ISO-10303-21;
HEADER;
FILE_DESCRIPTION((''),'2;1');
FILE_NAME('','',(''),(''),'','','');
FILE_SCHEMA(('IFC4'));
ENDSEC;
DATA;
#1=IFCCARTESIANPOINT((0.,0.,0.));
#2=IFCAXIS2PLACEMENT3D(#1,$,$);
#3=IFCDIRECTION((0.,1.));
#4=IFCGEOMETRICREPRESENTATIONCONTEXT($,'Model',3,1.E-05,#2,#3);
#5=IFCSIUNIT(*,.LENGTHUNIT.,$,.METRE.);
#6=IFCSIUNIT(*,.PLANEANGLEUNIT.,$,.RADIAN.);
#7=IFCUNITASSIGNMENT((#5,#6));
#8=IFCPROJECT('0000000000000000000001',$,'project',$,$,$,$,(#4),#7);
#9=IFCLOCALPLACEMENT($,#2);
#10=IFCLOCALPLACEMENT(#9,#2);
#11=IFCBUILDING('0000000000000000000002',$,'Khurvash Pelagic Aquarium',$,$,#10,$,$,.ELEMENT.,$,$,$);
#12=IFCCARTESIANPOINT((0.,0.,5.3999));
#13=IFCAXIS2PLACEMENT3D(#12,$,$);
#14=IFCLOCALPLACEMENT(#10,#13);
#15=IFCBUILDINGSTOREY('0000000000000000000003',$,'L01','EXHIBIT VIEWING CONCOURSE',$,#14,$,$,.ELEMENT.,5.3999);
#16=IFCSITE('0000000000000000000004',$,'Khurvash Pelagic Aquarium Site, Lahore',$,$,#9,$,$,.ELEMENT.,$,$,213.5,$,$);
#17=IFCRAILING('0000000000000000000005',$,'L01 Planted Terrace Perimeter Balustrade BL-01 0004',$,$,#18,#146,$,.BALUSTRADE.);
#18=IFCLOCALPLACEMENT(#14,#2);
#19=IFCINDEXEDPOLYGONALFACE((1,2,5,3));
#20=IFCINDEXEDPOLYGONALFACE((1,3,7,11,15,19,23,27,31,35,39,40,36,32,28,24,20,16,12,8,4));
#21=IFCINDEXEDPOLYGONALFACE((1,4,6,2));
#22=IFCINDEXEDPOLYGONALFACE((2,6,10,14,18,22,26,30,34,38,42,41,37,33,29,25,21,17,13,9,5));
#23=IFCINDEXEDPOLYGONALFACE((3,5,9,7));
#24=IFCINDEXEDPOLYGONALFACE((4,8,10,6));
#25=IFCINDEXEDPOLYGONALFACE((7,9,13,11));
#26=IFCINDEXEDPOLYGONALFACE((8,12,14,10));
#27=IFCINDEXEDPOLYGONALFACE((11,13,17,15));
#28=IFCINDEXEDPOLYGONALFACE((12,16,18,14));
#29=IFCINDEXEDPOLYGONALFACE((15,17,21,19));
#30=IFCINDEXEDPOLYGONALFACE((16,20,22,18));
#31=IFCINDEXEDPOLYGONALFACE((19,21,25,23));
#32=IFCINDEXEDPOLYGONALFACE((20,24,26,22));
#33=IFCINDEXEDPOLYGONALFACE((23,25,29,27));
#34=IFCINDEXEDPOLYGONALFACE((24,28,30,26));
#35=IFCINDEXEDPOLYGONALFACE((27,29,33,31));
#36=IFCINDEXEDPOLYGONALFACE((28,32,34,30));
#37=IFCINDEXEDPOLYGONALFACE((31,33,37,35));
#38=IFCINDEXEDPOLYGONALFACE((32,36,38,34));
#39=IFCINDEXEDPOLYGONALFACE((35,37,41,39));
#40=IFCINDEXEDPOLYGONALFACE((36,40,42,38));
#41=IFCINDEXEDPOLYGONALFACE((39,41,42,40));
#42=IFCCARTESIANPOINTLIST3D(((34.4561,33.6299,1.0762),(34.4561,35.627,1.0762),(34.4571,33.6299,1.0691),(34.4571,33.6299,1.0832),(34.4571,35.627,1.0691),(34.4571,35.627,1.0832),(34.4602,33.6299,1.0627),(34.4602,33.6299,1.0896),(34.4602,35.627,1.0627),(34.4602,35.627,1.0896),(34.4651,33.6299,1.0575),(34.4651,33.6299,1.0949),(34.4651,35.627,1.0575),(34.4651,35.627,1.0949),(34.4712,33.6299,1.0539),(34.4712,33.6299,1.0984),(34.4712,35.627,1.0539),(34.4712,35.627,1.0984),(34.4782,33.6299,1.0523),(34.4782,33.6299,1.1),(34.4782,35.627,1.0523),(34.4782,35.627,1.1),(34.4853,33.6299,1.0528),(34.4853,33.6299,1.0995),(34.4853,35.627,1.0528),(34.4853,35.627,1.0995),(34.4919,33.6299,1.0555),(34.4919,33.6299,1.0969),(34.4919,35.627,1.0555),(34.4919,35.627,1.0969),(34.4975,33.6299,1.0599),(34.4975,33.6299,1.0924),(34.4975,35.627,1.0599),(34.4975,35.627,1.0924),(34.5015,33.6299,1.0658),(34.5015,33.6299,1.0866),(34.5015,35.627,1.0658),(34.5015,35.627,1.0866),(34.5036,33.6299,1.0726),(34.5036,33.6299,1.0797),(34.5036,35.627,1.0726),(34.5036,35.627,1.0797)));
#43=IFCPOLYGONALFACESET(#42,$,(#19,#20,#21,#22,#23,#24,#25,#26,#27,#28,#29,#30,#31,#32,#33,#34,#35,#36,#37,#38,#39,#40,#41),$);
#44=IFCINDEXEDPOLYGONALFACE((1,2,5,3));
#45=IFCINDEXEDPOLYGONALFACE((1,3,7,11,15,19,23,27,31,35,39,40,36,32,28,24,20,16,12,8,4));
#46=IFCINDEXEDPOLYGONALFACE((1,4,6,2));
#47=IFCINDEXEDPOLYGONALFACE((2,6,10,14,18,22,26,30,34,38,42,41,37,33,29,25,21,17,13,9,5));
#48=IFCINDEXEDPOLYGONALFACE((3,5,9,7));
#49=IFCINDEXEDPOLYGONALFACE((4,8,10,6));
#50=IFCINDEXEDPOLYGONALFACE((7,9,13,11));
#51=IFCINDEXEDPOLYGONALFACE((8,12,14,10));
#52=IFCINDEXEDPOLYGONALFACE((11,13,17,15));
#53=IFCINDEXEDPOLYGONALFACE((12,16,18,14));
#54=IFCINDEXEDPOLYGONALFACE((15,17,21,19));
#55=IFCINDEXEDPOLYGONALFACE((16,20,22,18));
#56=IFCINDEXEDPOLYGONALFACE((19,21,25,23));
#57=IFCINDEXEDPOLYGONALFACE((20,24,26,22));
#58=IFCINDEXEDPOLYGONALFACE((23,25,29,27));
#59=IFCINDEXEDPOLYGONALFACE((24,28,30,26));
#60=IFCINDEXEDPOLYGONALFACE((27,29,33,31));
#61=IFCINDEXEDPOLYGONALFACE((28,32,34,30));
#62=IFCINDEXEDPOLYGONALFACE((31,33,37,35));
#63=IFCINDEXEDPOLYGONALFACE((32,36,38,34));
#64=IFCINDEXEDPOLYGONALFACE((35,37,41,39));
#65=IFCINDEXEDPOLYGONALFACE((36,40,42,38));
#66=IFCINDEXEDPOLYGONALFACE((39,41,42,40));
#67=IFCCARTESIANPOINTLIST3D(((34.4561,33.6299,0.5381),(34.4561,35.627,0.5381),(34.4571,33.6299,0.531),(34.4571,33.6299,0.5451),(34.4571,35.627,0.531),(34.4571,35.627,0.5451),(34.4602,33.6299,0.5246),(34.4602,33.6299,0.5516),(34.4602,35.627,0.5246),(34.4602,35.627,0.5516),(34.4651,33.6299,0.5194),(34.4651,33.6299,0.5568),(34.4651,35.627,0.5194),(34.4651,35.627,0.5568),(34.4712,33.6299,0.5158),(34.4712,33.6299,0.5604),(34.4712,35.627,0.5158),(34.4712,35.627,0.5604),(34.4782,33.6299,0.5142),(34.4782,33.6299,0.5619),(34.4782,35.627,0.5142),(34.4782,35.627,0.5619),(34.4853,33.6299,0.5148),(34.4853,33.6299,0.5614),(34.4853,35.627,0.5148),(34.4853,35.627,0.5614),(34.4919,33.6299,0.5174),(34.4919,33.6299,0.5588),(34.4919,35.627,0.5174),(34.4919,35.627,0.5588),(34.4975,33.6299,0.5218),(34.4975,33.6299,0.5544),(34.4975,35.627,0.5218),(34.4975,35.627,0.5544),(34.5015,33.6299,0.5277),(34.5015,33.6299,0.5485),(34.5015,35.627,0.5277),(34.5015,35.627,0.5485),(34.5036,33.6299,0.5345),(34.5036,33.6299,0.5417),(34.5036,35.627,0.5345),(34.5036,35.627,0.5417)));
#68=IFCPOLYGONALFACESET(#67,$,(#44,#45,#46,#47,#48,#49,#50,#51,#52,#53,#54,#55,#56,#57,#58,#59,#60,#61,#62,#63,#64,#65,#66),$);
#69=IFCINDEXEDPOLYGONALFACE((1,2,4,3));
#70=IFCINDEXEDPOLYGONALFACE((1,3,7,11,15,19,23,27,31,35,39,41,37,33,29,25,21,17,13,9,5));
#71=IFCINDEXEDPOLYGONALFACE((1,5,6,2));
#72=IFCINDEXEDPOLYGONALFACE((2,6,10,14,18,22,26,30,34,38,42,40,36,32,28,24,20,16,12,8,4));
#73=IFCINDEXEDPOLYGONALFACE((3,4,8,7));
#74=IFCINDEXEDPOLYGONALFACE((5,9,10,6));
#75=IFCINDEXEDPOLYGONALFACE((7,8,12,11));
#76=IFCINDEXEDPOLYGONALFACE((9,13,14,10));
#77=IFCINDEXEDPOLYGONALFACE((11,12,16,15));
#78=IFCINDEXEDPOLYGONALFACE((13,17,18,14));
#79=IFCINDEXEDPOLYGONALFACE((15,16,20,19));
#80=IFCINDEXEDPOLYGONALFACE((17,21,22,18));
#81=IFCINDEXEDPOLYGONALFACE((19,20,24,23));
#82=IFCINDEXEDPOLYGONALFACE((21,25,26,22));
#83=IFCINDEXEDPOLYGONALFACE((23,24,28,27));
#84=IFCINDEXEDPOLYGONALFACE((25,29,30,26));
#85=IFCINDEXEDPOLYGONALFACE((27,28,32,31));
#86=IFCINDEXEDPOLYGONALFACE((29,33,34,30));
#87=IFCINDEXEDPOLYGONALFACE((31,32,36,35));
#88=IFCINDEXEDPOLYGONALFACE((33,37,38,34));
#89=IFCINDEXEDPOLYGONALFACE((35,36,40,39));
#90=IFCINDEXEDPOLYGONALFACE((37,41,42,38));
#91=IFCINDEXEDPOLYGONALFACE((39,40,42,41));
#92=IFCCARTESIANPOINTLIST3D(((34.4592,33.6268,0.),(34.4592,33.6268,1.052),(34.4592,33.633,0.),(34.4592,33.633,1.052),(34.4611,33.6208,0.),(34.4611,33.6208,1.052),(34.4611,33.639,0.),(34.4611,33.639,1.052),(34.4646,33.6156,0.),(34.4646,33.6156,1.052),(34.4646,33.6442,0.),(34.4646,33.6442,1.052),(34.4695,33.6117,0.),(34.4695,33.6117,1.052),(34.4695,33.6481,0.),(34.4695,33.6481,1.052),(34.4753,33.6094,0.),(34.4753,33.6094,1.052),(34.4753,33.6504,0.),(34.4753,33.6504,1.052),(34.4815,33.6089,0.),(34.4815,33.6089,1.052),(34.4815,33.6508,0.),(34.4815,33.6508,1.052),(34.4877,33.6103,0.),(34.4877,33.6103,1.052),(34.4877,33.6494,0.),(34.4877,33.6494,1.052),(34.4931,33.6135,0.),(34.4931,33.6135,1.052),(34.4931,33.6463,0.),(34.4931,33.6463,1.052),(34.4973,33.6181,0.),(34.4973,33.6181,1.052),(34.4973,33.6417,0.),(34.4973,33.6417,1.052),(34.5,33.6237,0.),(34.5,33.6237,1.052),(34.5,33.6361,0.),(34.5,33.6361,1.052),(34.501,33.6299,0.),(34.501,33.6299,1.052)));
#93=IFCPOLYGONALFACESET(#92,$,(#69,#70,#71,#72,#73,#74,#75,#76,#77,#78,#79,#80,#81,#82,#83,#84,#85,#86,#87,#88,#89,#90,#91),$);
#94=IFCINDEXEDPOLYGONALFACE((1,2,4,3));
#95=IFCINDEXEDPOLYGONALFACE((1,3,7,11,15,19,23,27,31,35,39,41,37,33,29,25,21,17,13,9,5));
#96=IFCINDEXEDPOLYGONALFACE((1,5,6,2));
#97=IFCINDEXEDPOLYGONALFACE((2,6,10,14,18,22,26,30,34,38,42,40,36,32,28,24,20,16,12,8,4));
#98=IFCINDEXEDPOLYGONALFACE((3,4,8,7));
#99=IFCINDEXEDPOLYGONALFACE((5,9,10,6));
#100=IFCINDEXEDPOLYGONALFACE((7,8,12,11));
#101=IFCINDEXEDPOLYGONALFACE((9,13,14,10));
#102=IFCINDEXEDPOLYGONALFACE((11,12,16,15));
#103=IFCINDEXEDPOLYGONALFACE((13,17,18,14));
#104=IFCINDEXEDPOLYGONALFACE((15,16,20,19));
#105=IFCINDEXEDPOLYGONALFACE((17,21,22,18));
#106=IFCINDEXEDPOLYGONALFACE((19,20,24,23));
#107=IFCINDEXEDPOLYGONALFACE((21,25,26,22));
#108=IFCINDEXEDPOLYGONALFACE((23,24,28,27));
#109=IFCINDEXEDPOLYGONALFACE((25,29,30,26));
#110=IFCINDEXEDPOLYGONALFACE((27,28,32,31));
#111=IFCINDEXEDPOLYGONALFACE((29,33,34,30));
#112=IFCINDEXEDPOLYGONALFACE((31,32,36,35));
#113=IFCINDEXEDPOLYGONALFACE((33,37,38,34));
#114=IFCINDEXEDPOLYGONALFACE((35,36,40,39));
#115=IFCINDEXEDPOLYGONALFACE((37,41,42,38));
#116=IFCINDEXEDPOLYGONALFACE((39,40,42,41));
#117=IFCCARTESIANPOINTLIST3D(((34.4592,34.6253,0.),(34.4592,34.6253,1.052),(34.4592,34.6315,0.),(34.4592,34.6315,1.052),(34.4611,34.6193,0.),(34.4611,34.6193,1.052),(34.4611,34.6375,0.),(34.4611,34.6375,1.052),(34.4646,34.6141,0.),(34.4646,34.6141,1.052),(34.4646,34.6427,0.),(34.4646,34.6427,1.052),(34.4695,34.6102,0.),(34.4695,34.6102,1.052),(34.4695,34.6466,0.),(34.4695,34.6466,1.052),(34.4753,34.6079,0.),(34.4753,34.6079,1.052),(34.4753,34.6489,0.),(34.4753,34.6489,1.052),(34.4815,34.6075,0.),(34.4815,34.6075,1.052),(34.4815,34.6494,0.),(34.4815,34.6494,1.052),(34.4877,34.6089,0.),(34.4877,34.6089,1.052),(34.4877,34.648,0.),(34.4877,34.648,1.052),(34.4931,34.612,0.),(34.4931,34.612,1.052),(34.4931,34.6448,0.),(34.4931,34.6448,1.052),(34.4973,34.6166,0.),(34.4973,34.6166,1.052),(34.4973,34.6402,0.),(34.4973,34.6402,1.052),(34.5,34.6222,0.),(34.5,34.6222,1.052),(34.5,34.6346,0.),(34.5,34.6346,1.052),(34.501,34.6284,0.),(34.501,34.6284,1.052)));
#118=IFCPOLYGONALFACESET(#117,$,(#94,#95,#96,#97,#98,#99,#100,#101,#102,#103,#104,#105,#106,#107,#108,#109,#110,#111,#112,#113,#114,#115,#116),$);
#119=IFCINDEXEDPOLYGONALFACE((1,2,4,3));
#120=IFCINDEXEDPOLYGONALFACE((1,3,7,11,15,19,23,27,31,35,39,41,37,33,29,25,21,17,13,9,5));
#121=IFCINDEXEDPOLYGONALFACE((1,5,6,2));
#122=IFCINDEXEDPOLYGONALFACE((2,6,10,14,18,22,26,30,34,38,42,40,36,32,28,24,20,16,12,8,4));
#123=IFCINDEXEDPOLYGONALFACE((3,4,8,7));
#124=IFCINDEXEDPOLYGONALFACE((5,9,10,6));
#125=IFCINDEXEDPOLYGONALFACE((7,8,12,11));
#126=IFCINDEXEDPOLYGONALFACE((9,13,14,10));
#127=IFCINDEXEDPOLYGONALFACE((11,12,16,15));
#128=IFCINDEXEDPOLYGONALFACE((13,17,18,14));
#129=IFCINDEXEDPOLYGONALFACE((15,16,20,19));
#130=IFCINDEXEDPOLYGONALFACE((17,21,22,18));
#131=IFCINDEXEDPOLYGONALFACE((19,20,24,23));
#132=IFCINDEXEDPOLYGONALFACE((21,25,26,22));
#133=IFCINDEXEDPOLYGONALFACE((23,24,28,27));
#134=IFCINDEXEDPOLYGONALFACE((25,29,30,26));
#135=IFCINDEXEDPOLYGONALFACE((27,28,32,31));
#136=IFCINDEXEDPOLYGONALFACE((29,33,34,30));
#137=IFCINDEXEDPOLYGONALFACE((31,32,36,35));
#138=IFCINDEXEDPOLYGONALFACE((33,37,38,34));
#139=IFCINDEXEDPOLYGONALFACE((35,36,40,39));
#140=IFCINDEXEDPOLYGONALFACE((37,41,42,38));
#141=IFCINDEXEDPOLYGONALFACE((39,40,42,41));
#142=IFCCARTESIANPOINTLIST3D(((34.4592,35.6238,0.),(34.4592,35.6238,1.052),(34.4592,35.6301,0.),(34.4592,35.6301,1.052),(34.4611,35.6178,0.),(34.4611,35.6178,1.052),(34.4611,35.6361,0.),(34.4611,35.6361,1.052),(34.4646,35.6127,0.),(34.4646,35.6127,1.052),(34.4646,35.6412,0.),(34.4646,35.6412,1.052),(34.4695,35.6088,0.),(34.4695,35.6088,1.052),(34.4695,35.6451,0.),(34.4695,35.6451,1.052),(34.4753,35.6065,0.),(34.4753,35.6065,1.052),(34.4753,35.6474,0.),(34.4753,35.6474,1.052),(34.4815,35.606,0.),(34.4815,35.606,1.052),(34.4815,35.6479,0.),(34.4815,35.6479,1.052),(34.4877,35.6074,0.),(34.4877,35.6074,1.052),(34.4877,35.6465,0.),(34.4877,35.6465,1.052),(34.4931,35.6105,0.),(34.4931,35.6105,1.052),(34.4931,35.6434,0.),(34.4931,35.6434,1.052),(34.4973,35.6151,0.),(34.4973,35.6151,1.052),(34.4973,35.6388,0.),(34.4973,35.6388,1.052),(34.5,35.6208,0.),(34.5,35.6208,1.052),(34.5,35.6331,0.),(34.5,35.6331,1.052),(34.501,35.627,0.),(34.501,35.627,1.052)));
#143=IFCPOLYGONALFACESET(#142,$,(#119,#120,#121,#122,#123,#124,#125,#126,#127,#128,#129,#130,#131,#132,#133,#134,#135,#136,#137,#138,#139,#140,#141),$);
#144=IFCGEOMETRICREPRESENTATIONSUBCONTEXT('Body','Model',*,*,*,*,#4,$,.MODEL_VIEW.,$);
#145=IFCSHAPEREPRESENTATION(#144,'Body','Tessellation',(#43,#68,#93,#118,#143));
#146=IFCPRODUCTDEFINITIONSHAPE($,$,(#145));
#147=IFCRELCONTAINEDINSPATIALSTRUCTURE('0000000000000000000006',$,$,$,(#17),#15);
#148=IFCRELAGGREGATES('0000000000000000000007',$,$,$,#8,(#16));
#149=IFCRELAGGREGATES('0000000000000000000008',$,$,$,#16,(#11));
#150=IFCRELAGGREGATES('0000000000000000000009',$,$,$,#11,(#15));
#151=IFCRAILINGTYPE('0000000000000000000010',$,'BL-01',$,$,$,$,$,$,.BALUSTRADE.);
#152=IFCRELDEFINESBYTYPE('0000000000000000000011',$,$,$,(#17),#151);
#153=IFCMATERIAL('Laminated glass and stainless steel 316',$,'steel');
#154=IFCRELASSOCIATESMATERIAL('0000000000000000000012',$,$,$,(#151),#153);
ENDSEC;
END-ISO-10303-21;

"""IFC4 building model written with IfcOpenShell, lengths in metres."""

from ifc_helpers import new_model, si_unit, direction, frame, origin, origin_2d, place, context, subcontext, project, spatial, circle, extrude, material, type_object, element, save


model = new_model("IFC4")

# Units and contexts
model_context = context("Model", 3, precision=1e-05, world=origin(), true_north=direction((0.0, 1.0)))
body_context = subcontext(model_context, "Body", "Model", "MODEL_VIEW")
ifc_project = project(units=[si_unit("LENGTHUNIT", "METRE"), si_unit("PLANEANGLEUNIT", "RADIAN")], contexts=[model_context])

# Site, building, storey
site_placement = place(None, origin())
site = spatial("IfcSite", under=ifc_project, at=site_placement, Name="Khurvash Pelagic Aquarium Site, Lahore", CompositionType="ELEMENT", RefElevation=213.5)
building_placement = place(site_placement, origin())
building = spatial("IfcBuilding", under=site, at=building_placement, Name="Khurvash Pelagic Aquarium", CompositionType="ELEMENT")
storey_placement = place(building_placement, frame((0.0, 0.0, 5.3999)))
storey = spatial("IfcBuildingStorey", under=building, at=storey_placement, Name="L01", Description="EXHIBIT VIEWING CONCOURSE", CompositionType="ELEMENT", Elevation=5.3999)

# Railing
ifc_material_1 = material(Name="Laminated glass and stainless steel 316", Category="steel")
railing_type = type_object("IfcRailingType", Name="BL-01", PredefinedType="BALUSTRADE", material=ifc_material_1)
railing_1_placement = place(storey_placement, frame((34.48, 33.6299, 0.0)))
element("IfcRailing", 1, at=railing_1_placement, inside=storey, type_object=railing_type, Name="L01 Planted Terrace Perimeter Balustrade BL-01 0004", PredefinedType="BALUSTRADE", context=body_context, shape_type="SweptSolid", body=[
    extrude(circle(Radius=0.0239, at=origin_2d()), frame((0.0, 0.0, 1.0762), z_axis=(0.0, 1.0, 0.0), x_axis=(-1.0, 0.0, 0.0)), (0.0, 0.0, 1.0), 1.9971),
    extrude(circle(Radius=0.0239, at=origin_2d()), frame((0.0, 0.0, 0.5381), z_axis=(0.0, 1.0, 0.0), x_axis=(-1.0, 0.0, 0.0)), (0.0, 0.0, 1.0), 1.9971),
    extrude(circle(Radius=0.021, at=origin_2d()), origin(), (0.0, 0.0, 1.0), 1.052),
    extrude(circle(Radius=0.021, at=origin_2d()), frame((0.0, 0.9985, 0.0)), (0.0, 0.0, 1.0), 1.052),
    extrude(circle(Radius=0.021, at=origin_2d()), frame((0.0, 1.9971, 0.0)), (0.0, 0.0, 1.0), 1.052),
])

save(model, "model.ifc")
